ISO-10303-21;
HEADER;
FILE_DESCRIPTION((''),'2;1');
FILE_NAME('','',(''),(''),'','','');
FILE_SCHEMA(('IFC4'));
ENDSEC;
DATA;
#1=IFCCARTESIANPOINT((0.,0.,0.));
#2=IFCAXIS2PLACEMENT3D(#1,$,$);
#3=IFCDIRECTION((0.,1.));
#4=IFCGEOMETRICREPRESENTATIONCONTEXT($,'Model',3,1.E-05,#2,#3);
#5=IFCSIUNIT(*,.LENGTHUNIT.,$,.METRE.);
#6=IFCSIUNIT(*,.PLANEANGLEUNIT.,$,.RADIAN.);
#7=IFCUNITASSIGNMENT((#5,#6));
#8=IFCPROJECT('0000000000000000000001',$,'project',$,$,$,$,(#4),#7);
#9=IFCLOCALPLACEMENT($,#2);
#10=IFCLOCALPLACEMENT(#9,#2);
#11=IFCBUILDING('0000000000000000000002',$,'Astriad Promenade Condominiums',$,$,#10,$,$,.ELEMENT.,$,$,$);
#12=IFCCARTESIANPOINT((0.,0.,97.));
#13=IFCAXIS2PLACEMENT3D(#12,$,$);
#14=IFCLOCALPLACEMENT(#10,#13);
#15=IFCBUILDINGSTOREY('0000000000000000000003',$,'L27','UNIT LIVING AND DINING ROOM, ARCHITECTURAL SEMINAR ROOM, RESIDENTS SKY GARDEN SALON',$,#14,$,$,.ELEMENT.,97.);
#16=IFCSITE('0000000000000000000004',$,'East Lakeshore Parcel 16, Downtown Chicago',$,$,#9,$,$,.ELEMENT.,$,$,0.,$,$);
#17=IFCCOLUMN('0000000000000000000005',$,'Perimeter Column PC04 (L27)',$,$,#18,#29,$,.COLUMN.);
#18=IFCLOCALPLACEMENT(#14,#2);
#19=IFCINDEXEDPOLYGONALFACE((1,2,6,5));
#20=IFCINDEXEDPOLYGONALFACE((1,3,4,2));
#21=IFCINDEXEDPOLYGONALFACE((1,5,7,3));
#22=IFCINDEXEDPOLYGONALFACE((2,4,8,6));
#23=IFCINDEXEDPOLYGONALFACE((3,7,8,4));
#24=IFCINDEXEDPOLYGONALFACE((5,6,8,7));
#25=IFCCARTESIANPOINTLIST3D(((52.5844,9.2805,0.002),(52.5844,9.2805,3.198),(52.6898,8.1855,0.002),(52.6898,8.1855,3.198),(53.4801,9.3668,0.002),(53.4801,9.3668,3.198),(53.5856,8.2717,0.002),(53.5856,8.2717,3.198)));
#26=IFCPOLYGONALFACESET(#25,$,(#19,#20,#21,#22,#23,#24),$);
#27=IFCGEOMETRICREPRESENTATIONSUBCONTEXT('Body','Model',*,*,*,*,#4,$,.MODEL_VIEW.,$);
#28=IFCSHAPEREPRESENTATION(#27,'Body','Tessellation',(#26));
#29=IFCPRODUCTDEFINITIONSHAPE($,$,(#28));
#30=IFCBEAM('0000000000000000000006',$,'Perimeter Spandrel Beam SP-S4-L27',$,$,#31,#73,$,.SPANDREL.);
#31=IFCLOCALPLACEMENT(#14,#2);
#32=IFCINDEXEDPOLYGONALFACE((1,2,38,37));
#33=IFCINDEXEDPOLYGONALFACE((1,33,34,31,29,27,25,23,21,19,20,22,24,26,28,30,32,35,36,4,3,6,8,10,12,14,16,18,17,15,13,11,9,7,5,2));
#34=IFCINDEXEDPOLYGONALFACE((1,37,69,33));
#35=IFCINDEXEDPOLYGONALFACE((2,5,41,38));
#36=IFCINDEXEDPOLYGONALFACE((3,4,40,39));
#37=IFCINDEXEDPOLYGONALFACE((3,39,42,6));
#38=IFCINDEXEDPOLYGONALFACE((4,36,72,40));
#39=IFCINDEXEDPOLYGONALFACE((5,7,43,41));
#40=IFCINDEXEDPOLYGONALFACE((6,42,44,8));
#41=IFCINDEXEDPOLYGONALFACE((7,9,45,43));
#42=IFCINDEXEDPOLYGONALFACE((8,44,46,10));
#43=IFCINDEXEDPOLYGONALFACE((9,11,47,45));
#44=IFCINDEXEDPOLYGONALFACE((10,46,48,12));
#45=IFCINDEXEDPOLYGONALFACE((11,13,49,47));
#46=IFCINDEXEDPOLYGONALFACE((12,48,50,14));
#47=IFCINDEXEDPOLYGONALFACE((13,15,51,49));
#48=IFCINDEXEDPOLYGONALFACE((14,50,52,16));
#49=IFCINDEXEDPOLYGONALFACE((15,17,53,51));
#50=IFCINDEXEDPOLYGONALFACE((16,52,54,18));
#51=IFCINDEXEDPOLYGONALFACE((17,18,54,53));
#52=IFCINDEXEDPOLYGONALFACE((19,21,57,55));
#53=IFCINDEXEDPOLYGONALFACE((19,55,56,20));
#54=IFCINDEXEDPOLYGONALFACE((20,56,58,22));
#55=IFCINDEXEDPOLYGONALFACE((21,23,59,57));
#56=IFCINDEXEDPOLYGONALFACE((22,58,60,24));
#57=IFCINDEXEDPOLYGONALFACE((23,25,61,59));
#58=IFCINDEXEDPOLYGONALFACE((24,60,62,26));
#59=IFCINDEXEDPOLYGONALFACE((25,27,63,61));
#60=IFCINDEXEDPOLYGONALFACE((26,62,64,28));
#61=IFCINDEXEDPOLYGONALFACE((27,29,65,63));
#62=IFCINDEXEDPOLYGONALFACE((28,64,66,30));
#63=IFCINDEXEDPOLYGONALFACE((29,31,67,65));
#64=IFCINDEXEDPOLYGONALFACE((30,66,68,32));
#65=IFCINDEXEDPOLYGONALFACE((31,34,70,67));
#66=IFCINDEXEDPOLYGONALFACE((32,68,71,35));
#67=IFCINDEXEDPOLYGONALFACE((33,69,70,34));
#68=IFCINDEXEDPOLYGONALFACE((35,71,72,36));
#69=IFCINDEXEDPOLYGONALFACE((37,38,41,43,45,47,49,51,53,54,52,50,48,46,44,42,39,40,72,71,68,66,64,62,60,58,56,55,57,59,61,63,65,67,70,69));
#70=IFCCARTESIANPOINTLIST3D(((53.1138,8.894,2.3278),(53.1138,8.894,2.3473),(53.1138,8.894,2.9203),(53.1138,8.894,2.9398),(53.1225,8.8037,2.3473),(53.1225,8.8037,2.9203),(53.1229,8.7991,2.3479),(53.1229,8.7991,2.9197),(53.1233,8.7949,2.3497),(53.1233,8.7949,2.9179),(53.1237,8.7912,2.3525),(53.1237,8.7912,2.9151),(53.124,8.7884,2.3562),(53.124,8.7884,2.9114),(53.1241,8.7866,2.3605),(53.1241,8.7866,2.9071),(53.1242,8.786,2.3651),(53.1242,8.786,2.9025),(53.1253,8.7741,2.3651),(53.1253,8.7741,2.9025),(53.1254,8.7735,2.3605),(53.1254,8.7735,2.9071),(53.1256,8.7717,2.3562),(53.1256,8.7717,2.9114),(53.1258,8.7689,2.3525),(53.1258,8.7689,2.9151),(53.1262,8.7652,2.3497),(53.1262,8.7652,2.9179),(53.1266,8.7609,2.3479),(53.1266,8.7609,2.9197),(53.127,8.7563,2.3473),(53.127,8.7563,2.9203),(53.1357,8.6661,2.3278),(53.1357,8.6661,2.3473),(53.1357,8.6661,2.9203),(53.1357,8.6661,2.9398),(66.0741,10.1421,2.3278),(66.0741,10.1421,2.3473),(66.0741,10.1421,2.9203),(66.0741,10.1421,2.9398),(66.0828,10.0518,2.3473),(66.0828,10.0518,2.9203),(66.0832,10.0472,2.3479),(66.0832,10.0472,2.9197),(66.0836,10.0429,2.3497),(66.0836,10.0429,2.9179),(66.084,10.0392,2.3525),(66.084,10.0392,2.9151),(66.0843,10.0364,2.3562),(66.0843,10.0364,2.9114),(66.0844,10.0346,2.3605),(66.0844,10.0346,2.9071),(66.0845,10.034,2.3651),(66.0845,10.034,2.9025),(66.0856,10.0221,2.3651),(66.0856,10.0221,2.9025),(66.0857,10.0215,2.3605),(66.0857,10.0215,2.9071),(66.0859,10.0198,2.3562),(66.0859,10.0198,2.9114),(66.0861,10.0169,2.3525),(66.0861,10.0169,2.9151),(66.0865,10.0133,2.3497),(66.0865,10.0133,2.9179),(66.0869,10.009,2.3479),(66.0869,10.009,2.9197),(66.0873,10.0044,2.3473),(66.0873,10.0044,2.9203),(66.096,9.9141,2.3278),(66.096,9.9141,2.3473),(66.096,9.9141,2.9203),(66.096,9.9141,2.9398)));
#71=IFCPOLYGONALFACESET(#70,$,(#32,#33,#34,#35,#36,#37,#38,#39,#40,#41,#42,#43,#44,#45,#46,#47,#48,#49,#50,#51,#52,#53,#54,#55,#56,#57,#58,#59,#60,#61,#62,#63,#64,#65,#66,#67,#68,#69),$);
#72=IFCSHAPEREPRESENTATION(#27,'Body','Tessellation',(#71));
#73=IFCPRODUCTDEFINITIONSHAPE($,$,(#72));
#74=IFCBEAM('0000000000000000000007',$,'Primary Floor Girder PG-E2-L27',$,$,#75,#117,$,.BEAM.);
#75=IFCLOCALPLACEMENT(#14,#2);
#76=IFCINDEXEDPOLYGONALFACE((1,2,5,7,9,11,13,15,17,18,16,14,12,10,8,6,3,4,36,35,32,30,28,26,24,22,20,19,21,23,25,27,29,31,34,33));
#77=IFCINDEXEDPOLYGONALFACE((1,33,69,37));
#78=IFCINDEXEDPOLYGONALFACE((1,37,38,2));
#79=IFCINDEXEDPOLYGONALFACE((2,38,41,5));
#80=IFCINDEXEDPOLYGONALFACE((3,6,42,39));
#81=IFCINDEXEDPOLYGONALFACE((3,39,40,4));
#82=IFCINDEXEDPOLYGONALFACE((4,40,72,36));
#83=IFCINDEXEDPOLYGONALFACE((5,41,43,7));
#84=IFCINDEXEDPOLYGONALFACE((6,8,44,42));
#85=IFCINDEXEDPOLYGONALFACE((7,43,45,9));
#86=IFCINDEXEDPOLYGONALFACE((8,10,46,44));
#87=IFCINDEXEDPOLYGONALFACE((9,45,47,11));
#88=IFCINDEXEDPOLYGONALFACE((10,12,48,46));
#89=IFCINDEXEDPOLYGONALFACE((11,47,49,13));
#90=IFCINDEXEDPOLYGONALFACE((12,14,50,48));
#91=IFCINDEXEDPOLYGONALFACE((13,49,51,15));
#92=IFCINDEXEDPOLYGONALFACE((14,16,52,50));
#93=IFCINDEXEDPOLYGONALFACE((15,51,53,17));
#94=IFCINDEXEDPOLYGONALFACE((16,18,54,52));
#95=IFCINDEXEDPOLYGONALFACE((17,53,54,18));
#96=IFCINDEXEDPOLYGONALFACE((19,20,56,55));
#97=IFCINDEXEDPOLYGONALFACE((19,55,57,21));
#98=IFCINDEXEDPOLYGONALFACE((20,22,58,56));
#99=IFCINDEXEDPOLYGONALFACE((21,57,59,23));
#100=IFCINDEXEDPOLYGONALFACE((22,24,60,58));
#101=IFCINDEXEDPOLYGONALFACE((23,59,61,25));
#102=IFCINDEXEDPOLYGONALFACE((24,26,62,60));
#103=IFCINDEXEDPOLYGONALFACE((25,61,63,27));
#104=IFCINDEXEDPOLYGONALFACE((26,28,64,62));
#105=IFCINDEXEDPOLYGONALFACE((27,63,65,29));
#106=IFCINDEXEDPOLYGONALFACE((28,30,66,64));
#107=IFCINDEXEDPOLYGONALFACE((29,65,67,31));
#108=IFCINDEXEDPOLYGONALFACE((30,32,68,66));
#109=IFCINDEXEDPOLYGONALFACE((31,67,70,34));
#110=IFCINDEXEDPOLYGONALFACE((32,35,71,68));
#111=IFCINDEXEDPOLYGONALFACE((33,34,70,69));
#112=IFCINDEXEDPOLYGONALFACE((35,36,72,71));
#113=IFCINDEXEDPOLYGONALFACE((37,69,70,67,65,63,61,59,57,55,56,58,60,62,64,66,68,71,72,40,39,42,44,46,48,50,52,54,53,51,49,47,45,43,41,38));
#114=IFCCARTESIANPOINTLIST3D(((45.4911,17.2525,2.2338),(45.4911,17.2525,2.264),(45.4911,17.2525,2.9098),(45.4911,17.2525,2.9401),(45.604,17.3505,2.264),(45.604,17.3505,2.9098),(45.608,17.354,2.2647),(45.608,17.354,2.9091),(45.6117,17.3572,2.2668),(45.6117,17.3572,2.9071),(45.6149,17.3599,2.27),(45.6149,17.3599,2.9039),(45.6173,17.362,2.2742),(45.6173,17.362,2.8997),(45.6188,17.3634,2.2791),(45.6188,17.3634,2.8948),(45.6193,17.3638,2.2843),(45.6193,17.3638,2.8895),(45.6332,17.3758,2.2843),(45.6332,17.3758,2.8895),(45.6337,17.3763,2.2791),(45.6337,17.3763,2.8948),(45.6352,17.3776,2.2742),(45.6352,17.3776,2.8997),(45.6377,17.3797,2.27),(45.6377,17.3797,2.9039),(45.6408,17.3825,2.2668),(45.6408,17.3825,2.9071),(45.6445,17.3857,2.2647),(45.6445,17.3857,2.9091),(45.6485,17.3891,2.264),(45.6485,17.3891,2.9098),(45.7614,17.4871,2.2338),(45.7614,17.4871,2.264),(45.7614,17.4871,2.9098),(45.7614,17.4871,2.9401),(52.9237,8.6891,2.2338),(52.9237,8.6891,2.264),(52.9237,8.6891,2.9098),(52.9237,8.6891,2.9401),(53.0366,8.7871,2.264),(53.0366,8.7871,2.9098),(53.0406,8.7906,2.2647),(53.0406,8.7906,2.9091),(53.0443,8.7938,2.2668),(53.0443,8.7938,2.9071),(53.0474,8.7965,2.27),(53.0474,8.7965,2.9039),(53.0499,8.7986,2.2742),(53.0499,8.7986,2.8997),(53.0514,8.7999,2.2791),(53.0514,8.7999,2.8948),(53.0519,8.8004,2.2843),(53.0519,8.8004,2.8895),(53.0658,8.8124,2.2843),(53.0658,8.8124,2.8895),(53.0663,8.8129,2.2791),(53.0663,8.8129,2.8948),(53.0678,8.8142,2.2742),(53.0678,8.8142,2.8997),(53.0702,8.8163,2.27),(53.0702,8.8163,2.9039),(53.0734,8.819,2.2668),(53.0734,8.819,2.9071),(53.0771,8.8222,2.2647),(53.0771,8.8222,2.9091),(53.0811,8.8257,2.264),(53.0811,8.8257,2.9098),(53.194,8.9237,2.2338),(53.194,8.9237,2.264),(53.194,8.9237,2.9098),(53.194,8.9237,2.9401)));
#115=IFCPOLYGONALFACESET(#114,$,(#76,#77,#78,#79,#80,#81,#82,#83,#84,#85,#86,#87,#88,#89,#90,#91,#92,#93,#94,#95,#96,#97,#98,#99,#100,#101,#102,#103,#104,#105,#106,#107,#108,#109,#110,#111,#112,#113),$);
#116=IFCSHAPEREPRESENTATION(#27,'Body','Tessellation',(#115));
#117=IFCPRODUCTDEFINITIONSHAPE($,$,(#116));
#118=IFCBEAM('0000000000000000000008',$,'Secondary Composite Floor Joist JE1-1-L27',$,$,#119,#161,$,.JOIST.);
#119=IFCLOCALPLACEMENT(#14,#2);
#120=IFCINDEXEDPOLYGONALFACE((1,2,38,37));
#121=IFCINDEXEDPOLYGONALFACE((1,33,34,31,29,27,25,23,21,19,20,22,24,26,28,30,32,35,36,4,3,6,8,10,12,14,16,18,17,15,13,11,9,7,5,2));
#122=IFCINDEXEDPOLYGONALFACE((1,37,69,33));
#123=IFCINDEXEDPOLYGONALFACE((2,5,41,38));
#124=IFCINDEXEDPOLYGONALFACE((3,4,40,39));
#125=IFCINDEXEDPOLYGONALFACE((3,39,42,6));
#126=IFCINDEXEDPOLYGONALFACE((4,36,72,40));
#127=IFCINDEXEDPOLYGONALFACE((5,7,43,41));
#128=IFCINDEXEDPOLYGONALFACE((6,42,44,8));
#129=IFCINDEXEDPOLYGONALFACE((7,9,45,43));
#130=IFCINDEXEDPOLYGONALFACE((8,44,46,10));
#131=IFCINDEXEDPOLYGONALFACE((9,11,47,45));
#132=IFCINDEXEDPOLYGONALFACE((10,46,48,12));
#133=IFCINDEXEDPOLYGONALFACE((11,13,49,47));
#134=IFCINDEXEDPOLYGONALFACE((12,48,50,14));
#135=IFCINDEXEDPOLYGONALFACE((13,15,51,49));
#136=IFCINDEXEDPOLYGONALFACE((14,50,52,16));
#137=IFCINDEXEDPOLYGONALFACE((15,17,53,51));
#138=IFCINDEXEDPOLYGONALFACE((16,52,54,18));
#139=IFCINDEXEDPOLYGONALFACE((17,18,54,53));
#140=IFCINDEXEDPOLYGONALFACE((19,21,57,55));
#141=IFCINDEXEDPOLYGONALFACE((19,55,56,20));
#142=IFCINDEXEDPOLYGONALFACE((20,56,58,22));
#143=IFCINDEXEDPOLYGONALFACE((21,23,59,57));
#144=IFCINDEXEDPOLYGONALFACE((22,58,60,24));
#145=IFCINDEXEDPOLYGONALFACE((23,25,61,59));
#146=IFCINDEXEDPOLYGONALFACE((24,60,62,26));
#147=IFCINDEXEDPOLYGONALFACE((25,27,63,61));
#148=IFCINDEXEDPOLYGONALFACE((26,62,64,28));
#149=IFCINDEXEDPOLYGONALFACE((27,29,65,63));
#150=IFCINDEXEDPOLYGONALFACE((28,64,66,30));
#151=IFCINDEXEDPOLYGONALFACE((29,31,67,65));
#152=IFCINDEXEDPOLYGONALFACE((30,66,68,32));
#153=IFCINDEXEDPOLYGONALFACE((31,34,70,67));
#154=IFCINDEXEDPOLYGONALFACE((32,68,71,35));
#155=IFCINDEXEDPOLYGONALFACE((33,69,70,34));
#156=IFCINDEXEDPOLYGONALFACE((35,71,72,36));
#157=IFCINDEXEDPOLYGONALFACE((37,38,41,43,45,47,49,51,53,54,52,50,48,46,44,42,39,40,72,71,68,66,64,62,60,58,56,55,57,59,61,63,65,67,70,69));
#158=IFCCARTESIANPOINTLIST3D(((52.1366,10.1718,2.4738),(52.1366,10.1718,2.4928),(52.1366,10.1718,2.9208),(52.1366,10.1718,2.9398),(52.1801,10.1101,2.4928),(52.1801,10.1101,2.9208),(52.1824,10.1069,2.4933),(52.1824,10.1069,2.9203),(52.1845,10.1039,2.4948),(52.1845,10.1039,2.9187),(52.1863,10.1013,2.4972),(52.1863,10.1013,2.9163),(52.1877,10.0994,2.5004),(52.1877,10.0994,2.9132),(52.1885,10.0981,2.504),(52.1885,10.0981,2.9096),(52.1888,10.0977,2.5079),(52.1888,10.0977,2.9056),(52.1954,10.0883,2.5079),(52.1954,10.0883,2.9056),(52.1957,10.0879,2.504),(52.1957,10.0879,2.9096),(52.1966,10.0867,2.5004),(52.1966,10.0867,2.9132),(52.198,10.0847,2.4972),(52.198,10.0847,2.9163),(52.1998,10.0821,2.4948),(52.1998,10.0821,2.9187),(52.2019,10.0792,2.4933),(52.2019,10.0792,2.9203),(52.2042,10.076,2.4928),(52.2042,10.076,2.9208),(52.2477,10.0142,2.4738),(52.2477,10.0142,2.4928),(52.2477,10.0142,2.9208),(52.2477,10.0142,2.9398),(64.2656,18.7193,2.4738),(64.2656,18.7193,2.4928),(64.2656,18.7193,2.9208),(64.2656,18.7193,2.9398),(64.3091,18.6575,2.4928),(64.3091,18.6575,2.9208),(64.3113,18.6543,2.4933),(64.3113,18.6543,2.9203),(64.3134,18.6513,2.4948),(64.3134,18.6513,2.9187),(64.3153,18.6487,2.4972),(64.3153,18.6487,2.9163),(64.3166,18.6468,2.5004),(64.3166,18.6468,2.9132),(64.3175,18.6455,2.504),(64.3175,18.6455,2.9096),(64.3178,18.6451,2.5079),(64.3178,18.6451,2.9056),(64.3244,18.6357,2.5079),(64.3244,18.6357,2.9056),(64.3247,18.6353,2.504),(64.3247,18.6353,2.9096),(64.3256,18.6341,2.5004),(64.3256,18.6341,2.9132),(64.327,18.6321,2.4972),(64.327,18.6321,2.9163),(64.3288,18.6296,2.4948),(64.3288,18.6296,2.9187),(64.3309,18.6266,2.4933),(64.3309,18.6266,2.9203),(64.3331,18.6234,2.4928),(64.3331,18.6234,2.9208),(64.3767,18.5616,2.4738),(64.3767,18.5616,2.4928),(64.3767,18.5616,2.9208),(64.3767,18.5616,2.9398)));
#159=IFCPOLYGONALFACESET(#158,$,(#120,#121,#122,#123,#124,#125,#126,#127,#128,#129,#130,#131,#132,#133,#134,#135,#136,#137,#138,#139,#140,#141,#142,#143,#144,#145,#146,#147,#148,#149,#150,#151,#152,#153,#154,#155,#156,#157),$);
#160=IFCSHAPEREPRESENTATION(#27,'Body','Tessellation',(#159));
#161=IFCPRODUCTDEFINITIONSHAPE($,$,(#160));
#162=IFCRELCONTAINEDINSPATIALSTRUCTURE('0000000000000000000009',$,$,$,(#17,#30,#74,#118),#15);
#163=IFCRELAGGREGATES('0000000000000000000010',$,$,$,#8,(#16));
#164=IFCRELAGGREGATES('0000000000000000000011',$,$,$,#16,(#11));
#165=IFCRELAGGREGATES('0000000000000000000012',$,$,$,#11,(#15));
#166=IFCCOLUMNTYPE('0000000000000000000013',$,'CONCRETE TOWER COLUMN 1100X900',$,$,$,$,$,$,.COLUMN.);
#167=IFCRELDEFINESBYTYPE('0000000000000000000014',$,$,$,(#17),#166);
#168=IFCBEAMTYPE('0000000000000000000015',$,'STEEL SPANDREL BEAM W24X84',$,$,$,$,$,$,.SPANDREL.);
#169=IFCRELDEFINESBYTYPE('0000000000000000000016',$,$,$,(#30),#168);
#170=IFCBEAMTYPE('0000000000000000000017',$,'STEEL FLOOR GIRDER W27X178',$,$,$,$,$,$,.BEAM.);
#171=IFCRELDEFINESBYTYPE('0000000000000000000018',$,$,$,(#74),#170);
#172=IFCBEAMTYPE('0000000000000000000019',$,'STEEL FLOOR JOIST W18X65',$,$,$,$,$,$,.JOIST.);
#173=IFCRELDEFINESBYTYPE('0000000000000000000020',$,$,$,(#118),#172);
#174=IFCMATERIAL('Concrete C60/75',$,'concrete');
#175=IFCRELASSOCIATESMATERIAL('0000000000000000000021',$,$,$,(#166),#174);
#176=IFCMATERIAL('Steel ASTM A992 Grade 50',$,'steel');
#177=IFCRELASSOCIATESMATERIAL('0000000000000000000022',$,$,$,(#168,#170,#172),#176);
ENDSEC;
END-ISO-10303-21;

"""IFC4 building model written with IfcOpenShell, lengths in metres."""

from ifc_helpers import new_model, si_unit, direction, frame, origin, origin_2d, place, context, subcontext, project, spatial, rectangle, i_section, extrude, source, transform, mapped, material, material_profile, profile_set, type_object, type_shapes, element, save


model = new_model("IFC4")

# Units and contexts
model_context = context("Model", 3, precision=1e-05, world=origin(), true_north=direction((0.0, 1.0)))
body_context = subcontext(model_context, "Body", "Model", "MODEL_VIEW")
ifc_project = project(units=[si_unit("LENGTHUNIT", "METRE"), si_unit("PLANEANGLEUNIT", "RADIAN")], contexts=[model_context])

# Site, building, storey
site_placement = place(None, origin())
site = spatial("IfcSite", under=ifc_project, at=site_placement, Name="East Lakeshore Parcel 16, Downtown Chicago", CompositionType="ELEMENT", RefElevation=0.0)
building_placement = place(site_placement, origin())
building = spatial("IfcBuilding", under=site, at=building_placement, Name="Astriad Promenade Condominiums", CompositionType="ELEMENT")
storey_placement = place(building_placement, frame((0.0, 0.0, 97.0)))
storey = spatial("IfcBuildingStorey", under=building, at=storey_placement, Name="L27", Description="UNIT LIVING AND DINING ROOM, ARCHITECTURAL SEMINAR ROOM, RESIDENTS SKY GARDEN SALON", CompositionType="ELEMENT", Elevation=97.0)

# Column
ifc_material_1 = material(Name="Concrete C60/75", Category="concrete")
ifc_material_profile_1 = material_profile(ifc_material_1, rectangle(XDim=0.8999, YDim=1.1001, at=origin_2d()), Name="RC-COL-1100X900")
ifc_profile_set_1 = profile_set([ifc_material_profile_1], Name="Concrete C60/75")
column_type = type_object("IfcColumnType", Name="CONCRETE TOWER COLUMN 1100X900", PredefinedType="COLUMN", material=ifc_profile_set_1)
shared_shape_1 = source(origin(), body_context, "Body", "SweptSolid", [
    extrude(rectangle(XDim=0.8999, YDim=1.1001, at=origin_2d()), origin(), (0.0, 0.0, 1.0), 3.196),
])
type_shapes(column_type, [shared_shape_1])
column_placement = place(storey_placement, frame((53.085, 8.7761, 0.002), z_axis=(0.0, 0.0, 1.0), x_axis=(0.995396, 0.095846, 0.0)))
element("IfcColumn", 1, at=column_placement, inside=storey, type_object=column_type, Name="Perimeter Column PC04 (L27)", PredefinedType="COLUMN", context=body_context, shape_type="MappedRepresentation", body=[
    mapped(shared_shape_1, transform((0.0, 0.0, 0.0), scale=1.0)),
])

# Beams
ifc_material_2 = material(Name="Steel ASTM A992 Grade 50", Category="steel")
ifc_material_profile_2 = material_profile(ifc_material_2, i_section(OverallWidth=0.229, OverallDepth=0.6121, WebThickness=0.012, FlangeThickness=0.0195, FilletRadius=0.0178, at=origin_2d()), Name="W24X84")
ifc_profile_set_2 = profile_set([ifc_material_profile_2], Name="Steel ASTM A992 Grade 50")
beam_type_1 = type_object("IfcBeamType", Name="STEEL SPANDREL BEAM W24X84", PredefinedType="SPANDREL", material=ifc_profile_set_2)
shared_shape_2 = source(origin(), body_context, "Body", "SweptSolid", [
    extrude(i_section(OverallWidth=0.229, OverallDepth=0.6121, WebThickness=0.012, FlangeThickness=0.0195, FilletRadius=0.0178, at=origin_2d()), origin(), (0.0, 0.0, 1.0), 13.0203),
])
type_shapes(beam_type_1, [shared_shape_2])
beam_1_placement = place(storey_placement, frame((53.1248, 8.78, 2.6338), z_axis=(0.995395, 0.095855, 0.0), x_axis=(-0.095855, 0.995395, 0.0)))
element("IfcBeam", 2, at=beam_1_placement, inside=storey, type_object=beam_type_1, Name="Perimeter Spandrel Beam SP-S4-L27", PredefinedType="SPANDREL", context=body_context, shape_type="MappedRepresentation", body=[
    mapped(shared_shape_2, transform((0.0, 0.0, 0.0), scale=1.0)),
])
ifc_material_profile_3 = material_profile(ifc_material_2, i_section(OverallWidth=0.3579, OverallDepth=0.7063, WebThickness=0.0183, FlangeThickness=0.0303, FilletRadius=0.0203, at=origin_2d()), Name="W27X178")
ifc_profile_set_3 = profile_set([ifc_material_profile_3], Name="Steel ASTM A992 Grade 50")
beam_type_2 = type_object("IfcBeamType", Name="STEEL FLOOR GIRDER W27X178", PredefinedType="BEAM", material=ifc_profile_set_3)
shared_shape_3 = source(origin(), body_context, "Body", "SweptSolid", [
    extrude(i_section(OverallWidth=0.3579, OverallDepth=0.7063, WebThickness=0.0183, FlangeThickness=0.0303, FilletRadius=0.0203, at=origin_2d()), origin(), (0.0, 0.0, 1.0), 11.3391),
])
type_shapes(beam_type_2, [shared_shape_3])
beam_2_placement = place(storey_placement, frame((53.0588, 8.8064, 2.5869), z_axis=(-0.655481, 0.755211, 0.0), x_axis=(-0.755211, -0.655481, 0.0)))
element("IfcBeam", 3, at=beam_2_placement, inside=storey, type_object=beam_type_2, Name="Primary Floor Girder PG-E2-L27", PredefinedType="BEAM", context=body_context, shape_type="MappedRepresentation", body=[
    mapped(shared_shape_3, transform((0.0, 0.0, 0.0), scale=1.0)),
])
ifc_material_profile_4 = material_profile(ifc_material_2, i_section(OverallWidth=0.1929, OverallDepth=0.4661, WebThickness=0.0115, FlangeThickness=0.019, FilletRadius=0.0151, at=origin_2d()), Name="W18X65")
ifc_profile_set_4 = profile_set([ifc_material_profile_4], Name="Steel ASTM A992 Grade 50")
beam_type_3 = type_object("IfcBeamType", Name="STEEL FLOOR JOIST W18X65", PredefinedType="JOIST", material=ifc_profile_set_4)
shared_shape_4 = source(origin(), body_context, "Body", "SweptSolid", [
    extrude(i_section(OverallWidth=0.1929, OverallDepth=0.4661, WebThickness=0.0115, FlangeThickness=0.019, FilletRadius=0.0151, at=origin_2d()), origin(), (0.0, 0.0, 1.0), 14.8381),
])
beam_3_placement = place(storey_placement, frame((52.1921, 10.093, 2.7068), z_axis=(0.817419, 0.576043, 0.0), x_axis=(-0.576043, 0.817419, 0.0)))
element("IfcBeam", 4, at=beam_3_placement, inside=storey, type_object=beam_type_3, Name="Secondary Composite Floor Joist JE1-1-L27", PredefinedType="JOIST", context=body_context, shape_type="MappedRepresentation", body=[
    mapped(shared_shape_4, transform((0.0, 0.0, 0.0), scale=1.0)),
])

save(model, "model.ifc")
